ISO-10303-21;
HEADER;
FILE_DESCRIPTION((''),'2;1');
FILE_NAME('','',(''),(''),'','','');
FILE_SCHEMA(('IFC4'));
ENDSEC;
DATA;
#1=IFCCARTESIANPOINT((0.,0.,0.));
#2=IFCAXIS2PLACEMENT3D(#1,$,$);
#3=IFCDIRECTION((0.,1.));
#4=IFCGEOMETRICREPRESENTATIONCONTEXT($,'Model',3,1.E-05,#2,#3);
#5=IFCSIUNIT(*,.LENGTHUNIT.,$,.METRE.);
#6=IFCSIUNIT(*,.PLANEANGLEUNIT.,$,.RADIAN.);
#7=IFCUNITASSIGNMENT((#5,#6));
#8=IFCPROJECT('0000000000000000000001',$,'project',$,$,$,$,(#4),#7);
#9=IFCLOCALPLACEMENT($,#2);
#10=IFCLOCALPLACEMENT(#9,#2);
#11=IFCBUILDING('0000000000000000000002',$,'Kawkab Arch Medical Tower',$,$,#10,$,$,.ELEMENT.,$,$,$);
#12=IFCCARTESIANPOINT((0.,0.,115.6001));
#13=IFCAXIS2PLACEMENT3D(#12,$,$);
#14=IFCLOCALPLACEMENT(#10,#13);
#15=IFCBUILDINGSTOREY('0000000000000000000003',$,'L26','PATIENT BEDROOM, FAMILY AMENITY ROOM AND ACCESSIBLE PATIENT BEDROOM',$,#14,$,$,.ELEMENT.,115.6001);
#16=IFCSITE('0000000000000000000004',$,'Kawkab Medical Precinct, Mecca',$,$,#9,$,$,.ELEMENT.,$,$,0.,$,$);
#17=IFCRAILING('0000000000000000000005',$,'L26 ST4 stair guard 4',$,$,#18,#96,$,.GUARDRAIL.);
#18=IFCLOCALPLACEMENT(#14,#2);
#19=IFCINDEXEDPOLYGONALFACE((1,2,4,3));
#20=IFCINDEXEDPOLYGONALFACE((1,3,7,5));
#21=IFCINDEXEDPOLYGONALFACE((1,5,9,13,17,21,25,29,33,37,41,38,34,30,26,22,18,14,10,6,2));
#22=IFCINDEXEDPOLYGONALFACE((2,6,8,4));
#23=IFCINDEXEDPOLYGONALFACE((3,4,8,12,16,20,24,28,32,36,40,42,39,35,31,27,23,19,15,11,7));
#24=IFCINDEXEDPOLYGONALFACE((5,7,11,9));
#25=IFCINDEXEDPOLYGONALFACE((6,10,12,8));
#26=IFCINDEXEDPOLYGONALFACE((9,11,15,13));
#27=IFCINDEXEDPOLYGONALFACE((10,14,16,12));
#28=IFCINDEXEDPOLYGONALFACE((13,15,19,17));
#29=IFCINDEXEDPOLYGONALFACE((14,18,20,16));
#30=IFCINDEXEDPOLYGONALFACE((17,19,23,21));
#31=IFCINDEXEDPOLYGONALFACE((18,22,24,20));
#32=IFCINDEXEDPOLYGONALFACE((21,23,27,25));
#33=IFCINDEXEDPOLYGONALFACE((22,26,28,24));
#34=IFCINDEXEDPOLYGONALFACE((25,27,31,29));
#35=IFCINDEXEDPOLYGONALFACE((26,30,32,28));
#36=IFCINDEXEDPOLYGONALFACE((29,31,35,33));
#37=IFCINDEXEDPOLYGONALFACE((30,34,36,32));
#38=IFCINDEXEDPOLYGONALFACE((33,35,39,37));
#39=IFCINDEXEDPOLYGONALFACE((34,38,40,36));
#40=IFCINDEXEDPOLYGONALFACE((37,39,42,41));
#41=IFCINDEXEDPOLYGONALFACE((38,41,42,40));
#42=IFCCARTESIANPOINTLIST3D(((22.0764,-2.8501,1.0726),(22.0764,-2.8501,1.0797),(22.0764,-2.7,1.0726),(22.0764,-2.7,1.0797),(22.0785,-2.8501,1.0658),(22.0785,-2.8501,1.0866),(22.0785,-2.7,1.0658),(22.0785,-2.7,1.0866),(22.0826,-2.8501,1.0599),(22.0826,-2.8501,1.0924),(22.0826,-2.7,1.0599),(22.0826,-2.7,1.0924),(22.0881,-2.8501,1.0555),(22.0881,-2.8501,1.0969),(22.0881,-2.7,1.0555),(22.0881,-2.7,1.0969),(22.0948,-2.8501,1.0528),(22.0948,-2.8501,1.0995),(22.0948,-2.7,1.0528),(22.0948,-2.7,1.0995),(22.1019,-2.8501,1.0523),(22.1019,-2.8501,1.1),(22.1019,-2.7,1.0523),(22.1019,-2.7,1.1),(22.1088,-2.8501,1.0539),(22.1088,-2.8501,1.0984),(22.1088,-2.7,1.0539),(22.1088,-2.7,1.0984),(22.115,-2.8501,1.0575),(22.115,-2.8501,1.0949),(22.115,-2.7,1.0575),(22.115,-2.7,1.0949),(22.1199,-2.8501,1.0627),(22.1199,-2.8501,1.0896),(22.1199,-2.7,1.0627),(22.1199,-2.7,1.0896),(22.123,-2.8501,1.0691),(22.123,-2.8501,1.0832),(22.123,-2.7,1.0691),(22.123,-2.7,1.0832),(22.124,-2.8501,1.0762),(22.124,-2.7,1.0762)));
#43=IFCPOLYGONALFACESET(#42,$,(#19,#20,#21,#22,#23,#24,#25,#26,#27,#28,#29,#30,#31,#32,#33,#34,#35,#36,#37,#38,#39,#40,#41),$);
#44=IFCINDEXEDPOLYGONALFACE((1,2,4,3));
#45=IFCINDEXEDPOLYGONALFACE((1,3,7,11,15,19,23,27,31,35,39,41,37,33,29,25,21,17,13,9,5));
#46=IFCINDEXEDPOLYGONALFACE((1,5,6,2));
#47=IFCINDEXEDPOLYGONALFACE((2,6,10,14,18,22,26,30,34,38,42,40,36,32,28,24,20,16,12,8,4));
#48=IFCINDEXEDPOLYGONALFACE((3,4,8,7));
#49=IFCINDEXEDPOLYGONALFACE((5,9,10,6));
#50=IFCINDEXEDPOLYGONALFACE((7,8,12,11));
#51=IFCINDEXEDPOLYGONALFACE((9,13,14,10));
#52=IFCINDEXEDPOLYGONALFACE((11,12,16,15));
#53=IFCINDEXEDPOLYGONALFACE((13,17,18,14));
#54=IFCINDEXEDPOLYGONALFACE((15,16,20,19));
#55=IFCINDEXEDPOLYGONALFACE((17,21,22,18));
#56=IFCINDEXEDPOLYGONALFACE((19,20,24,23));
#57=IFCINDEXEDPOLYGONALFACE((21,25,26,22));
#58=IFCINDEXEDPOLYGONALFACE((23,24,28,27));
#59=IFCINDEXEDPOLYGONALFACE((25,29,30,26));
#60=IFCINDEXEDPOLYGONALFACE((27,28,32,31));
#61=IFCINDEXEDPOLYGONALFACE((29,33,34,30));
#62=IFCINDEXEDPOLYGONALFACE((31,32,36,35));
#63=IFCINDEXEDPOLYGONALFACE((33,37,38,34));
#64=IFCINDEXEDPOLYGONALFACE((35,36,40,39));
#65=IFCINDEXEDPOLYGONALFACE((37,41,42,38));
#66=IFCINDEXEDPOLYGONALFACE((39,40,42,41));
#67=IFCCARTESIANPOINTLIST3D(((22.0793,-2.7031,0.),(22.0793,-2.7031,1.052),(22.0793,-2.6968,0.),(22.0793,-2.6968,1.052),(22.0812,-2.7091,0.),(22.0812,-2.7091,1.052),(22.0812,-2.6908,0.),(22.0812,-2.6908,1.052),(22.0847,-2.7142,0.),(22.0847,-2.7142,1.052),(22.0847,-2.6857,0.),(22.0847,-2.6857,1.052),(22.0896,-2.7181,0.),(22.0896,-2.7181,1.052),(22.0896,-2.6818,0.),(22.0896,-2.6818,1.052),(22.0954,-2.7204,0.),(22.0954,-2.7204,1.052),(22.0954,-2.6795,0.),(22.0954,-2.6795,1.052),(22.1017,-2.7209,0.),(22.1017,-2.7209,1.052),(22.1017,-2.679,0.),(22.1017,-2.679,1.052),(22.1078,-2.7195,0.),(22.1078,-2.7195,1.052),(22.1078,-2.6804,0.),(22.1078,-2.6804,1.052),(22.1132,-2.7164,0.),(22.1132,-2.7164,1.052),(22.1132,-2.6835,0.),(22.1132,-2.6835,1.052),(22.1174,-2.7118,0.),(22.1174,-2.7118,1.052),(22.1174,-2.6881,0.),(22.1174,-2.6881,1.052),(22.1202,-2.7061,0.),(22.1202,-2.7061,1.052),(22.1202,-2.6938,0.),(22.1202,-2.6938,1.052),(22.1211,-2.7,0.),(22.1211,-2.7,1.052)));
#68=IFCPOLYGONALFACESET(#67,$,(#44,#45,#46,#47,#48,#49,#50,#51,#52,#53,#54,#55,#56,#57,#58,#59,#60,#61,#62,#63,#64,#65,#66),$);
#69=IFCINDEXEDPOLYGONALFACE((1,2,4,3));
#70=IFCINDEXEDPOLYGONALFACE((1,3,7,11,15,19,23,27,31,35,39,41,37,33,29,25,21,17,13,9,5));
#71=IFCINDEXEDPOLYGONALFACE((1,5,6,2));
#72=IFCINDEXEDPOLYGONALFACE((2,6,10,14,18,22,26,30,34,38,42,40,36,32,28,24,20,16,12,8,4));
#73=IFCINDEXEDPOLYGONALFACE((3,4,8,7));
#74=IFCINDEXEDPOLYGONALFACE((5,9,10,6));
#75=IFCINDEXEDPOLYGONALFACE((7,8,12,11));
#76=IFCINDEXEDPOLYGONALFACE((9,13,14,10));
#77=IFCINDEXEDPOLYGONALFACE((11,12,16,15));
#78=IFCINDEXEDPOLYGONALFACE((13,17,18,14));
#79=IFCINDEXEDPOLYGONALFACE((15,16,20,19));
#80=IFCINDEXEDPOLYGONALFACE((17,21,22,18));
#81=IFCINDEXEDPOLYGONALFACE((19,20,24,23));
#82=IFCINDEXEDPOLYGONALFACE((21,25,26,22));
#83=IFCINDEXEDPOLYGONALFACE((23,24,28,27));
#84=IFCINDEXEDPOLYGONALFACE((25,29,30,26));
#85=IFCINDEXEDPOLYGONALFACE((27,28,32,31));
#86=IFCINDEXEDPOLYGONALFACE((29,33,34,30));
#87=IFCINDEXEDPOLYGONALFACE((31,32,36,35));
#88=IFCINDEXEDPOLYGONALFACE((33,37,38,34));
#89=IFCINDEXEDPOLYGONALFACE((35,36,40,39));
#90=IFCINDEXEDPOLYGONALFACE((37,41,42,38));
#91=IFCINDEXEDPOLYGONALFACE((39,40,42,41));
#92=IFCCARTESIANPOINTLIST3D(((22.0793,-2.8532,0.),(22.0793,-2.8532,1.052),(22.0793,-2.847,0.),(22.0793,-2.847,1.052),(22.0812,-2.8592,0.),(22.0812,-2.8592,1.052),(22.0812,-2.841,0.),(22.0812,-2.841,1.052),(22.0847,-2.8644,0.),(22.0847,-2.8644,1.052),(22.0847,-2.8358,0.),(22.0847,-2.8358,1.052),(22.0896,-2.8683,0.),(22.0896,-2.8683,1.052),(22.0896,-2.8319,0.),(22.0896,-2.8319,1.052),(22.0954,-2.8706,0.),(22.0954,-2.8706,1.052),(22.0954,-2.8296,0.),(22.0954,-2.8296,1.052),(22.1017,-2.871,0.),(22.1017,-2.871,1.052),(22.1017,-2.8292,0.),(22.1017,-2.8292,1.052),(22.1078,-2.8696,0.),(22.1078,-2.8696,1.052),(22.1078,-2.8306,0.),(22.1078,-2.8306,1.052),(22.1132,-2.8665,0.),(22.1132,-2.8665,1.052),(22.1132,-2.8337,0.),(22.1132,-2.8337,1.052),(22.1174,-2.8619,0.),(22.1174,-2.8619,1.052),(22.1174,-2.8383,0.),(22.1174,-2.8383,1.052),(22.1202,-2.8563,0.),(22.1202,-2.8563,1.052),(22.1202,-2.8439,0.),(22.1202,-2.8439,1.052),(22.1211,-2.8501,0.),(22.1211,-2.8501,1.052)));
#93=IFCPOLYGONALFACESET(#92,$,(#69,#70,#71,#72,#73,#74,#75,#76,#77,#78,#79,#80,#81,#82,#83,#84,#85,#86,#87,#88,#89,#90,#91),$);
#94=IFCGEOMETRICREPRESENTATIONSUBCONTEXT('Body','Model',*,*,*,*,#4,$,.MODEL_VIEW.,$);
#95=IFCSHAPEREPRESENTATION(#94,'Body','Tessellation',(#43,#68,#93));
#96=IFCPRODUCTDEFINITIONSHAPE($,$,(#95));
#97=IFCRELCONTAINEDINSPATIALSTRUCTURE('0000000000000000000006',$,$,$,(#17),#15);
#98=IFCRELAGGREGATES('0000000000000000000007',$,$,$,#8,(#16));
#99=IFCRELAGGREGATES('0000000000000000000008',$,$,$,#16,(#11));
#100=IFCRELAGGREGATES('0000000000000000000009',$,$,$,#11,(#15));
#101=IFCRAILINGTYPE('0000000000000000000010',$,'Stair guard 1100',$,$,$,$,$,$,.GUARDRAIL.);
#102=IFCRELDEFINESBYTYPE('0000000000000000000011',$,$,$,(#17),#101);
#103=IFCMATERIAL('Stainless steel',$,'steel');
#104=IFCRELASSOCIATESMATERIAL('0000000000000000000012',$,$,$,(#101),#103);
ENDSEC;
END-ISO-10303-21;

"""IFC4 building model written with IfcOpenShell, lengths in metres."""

from ifc_helpers import new_model, si_unit, direction, frame, origin, origin_2d, place, context, subcontext, project, spatial, circle, extrude, material, type_object, element, save


model = new_model("IFC4")

# Units and contexts
model_context = context("Model", 3, precision=1e-05, world=origin(), true_north=direction((0.0, 1.0)))
body_context = subcontext(model_context, "Body", "Model", "MODEL_VIEW")
ifc_project = project(units=[si_unit("LENGTHUNIT", "METRE"), si_unit("PLANEANGLEUNIT", "RADIAN")], contexts=[model_context])

# Site, building, storey
site_placement = place(None, origin())
site = spatial("IfcSite", under=ifc_project, at=site_placement, Name="Kawkab Medical Precinct, Mecca", CompositionType="ELEMENT", RefElevation=0.0)
building_placement = place(site_placement, origin())
building = spatial("IfcBuilding", under=site, at=building_placement, Name="Kawkab Arch Medical Tower", CompositionType="ELEMENT")
storey_placement = place(building_placement, frame((0.0, 0.0, 115.6001)))
storey = spatial("IfcBuildingStorey", under=building, at=storey_placement, Name="L26", Description="PATIENT BEDROOM, FAMILY AMENITY ROOM AND ACCESSIBLE PATIENT BEDROOM", CompositionType="ELEMENT", Elevation=115.6001)

# Railing
ifc_material_1 = material(Name="Stainless steel", Category="steel")
railing_type_1 = type_object("IfcRailingType", Name="Stair guard 1100", PredefinedType="GUARDRAIL", material=ifc_material_1)
railing_1_placement = place(storey_placement, frame((22.1001, -2.7, 0.0)))
element("IfcRailing", 1, at=railing_1_placement, inside=storey, type_object=railing_type_1, Name="L26 ST4 stair guard 4", PredefinedType="GUARDRAIL", context=body_context, shape_type="SweptSolid", body=[
    extrude(circle(Radius=0.0239, at=origin_2d()), frame((0.0, 0.0, 1.0762), z_axis=(0.0, -1.0, 0.0), x_axis=(1.0, 0.0, 0.0)), (0.0, 0.0, 1.0), 0.1501),
    extrude(circle(Radius=0.021, at=origin_2d()), origin(), (0.0, 0.0, 1.0), 1.052),
    extrude(circle(Radius=0.021, at=origin_2d()), frame((0.0, -0.1501, 0.0)), (0.0, 0.0, 1.0), 1.052),
])

save(model, "model.ifc")
